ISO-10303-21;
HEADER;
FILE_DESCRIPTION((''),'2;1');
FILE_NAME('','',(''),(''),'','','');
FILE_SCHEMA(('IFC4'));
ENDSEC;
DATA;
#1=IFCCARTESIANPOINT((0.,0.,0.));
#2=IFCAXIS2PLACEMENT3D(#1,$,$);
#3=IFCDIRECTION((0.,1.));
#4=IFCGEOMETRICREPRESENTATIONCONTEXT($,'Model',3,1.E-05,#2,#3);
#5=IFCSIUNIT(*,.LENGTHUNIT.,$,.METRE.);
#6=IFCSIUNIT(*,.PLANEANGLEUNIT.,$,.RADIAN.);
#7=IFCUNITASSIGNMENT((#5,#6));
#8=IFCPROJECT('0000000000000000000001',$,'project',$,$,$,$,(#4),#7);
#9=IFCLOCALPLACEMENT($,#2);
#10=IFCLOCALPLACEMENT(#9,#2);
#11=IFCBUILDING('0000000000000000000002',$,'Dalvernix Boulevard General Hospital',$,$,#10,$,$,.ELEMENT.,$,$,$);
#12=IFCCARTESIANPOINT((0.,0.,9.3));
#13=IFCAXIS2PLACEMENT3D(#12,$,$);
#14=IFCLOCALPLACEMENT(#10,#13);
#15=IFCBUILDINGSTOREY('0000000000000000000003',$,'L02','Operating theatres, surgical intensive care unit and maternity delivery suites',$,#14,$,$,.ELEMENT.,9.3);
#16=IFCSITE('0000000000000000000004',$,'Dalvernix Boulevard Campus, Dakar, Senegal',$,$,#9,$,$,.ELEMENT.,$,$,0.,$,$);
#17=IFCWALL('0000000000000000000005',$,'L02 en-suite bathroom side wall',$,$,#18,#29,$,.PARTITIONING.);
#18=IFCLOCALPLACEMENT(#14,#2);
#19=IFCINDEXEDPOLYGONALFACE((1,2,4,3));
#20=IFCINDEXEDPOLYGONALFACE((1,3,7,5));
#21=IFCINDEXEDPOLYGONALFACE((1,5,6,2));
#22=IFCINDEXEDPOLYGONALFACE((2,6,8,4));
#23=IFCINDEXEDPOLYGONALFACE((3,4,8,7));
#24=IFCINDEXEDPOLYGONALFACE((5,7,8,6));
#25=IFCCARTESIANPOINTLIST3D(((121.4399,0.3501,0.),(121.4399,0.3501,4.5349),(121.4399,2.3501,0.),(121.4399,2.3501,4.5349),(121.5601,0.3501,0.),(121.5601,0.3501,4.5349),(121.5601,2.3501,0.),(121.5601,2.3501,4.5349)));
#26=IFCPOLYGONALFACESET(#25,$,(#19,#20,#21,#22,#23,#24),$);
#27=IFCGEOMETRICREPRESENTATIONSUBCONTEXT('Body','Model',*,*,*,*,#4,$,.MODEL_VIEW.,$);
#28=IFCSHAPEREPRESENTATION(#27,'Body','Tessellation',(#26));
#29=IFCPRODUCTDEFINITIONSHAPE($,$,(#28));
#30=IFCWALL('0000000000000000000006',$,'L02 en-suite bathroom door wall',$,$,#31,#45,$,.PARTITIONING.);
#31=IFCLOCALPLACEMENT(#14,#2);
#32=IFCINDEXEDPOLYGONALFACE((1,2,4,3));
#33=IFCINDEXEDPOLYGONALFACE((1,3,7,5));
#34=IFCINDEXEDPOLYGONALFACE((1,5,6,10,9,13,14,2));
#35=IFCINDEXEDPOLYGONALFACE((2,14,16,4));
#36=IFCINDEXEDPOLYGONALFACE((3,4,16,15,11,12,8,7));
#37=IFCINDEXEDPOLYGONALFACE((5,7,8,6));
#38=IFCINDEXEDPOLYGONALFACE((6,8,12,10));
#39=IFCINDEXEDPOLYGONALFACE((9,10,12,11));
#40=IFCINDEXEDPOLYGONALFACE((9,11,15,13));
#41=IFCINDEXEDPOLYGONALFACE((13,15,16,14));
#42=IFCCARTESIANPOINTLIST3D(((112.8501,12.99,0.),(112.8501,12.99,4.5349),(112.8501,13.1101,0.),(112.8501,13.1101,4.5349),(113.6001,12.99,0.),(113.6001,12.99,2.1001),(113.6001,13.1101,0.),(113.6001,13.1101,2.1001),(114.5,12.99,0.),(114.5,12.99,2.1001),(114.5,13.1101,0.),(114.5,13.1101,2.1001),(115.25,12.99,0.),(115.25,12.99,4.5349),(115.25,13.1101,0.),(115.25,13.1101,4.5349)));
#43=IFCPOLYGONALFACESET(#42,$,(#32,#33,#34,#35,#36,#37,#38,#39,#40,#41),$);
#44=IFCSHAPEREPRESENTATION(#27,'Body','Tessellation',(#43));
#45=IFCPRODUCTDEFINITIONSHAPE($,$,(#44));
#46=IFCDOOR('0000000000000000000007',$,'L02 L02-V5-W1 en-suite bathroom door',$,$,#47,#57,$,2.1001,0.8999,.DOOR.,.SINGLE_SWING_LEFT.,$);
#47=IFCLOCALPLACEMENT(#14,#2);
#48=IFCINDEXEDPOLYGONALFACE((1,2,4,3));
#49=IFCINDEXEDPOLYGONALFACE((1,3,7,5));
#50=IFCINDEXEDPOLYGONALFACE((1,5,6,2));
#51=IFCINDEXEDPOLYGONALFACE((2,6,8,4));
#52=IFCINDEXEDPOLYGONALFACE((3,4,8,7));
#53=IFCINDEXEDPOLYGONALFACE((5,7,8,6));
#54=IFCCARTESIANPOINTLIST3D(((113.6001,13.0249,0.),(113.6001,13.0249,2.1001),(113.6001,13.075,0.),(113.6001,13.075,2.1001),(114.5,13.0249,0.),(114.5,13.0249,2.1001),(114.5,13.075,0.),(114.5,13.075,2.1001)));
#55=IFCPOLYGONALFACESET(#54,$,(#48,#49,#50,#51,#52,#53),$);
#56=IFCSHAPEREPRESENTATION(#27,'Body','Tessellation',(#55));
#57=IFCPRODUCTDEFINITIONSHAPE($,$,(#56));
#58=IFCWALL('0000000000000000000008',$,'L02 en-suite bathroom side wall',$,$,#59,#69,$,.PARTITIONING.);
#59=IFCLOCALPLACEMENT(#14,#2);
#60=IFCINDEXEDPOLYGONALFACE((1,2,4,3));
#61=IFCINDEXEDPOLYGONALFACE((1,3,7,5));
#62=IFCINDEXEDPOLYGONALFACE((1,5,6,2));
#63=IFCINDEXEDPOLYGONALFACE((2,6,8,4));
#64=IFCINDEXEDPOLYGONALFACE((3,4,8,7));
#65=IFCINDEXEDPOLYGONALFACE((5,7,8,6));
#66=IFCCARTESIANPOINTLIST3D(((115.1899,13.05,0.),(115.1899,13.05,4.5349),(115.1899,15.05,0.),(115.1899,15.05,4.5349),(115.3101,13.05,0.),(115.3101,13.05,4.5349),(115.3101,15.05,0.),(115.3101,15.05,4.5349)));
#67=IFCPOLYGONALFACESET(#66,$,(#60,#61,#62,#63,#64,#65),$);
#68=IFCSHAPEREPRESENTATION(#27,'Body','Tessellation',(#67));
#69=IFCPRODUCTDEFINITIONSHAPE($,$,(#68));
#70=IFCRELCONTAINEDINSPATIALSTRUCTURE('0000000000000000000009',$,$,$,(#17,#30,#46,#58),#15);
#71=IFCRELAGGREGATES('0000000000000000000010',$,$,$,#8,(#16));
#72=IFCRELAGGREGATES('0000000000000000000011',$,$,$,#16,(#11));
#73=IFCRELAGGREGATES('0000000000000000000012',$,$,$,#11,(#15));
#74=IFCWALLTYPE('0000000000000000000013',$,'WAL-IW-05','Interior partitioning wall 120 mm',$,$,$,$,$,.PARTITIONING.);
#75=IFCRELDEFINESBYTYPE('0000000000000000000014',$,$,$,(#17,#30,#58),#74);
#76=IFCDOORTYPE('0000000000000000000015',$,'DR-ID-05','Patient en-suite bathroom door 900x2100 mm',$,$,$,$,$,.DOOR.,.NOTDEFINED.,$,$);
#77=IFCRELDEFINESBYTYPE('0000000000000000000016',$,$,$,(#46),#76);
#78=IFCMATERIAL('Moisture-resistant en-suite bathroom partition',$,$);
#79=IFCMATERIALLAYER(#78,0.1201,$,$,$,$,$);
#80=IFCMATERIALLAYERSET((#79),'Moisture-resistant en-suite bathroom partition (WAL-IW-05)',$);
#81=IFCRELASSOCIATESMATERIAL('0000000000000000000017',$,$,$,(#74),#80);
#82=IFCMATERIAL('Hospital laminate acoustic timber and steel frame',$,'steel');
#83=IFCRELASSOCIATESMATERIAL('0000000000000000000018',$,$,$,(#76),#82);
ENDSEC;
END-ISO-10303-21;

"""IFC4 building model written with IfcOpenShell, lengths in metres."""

from ifc_helpers import new_model, si_unit, direction, frame, frame_2d, origin, place, context, subcontext, project, spatial, rectangle, extrude, material, layer, layer_set, type_object, element, fill, save


model = new_model("IFC4")

# Units and contexts
model_context = context("Model", 3, precision=1e-05, world=origin(), true_north=direction((0.0, 1.0)))
body_context = subcontext(model_context, "Body", "Model", "MODEL_VIEW")
ifc_project = project(units=[si_unit("LENGTHUNIT", "METRE"), si_unit("PLANEANGLEUNIT", "RADIAN")], contexts=[model_context])

# Site, building, storey
site_placement = place(None, origin())
site = spatial("IfcSite", under=ifc_project, at=site_placement, Name="Dalvernix Boulevard Campus, Dakar, Senegal", CompositionType="ELEMENT", RefElevation=0.0)
building_placement = place(site_placement, origin())
building = spatial("IfcBuilding", under=site, at=building_placement, Name="Dalvernix Boulevard General Hospital", CompositionType="ELEMENT")
storey_placement = place(building_placement, frame((0.0, 0.0, 9.3)))
storey = spatial("IfcBuildingStorey", under=building, at=storey_placement, Name="L02", Description="Operating theatres, surgical intensive care unit and maternity delivery suites", CompositionType="ELEMENT", Elevation=9.3)

# Shared definitions
ifc_material_1 = material(Name="Hospital laminate acoustic timber and steel frame", Category="steel")

# Shared definitions
ifc_material_2 = material(Name="Moisture-resistant en-suite bathroom partition")
ifc_layer_1 = layer(ifc_material_2, 0.1201)
ifc_layer_set_1 = layer_set([ifc_layer_1], Name="Moisture-resistant en-suite bathroom partition (WAL-IW-05)")
wall_type_1 = type_object("IfcWallType", Name="WAL-IW-05", Description="Interior partitioning wall 120 mm", PredefinedType="PARTITIONING", material=ifc_layer_set_1)
door_type_1 = type_object("IfcDoorType", Name="DR-ID-05", Description="Patient en-suite bathroom door 900x2100 mm", OperationType="NOTDEFINED", PredefinedType="DOOR", material=ifc_material_1)

# Wall
wall_1_placement = place(storey_placement, frame((121.5, 0.3501, 0.0), z_axis=(0.0, 0.0, 1.0), x_axis=(0.0, 1.0, 0.0)))
element("IfcWall", 1, at=wall_1_placement, inside=storey, type_object=wall_type_1, Name="L02 en-suite bathroom side wall", PredefinedType="PARTITIONING", context=body_context, shape_type="SweptSolid", body=[
    extrude(rectangle(XDim=2.0, YDim=0.1201, at=frame_2d((1.0, 0.0))), origin(), (0.0, 0.0, 1.0), 4.5349),
])

# Wall, opening, door
wall_2_placement = place(storey_placement, frame((112.8501, 13.05, 0.0), z_axis=(0.0, 0.0, 1.0), x_axis=(1.0, 0.0, 0.0)))
wall_2 = element("IfcWall", 2, at=wall_2_placement, inside=storey, type_object=wall_type_1, Name="L02 en-suite bathroom door wall", PredefinedType="PARTITIONING", context=body_context, shape_type="SweptSolid", body=[
    extrude(rectangle(XDim=2.3999, YDim=0.1201, at=frame_2d((1.2, 0.0))), origin(), (0.0, 0.0, 1.0), 4.5349),
])
opening_1_placement = place(wall_2_placement, frame((0.75, 0.0, 0.0)))
opening_1 = element("IfcOpeningElement", 3, at=opening_1_placement, cuts=wall_2, PredefinedType="OPENING", context=body_context, shape_type="SweptSolid", body=[
    extrude(rectangle(XDim=0.8999, YDim=2.1001, at=frame_2d((0.45, 1.05))), frame((0.0, 0.0701, 0.0), z_axis=(0.0, -1.0, 0.0), x_axis=(1.0, 0.0, 0.0)), (0.0, 0.0, 1.0), 0.1401),
])
door_1_placement = place(opening_1_placement, origin())
door_1 = element("IfcDoor", 4, at=door_1_placement, inside=storey, type_object=door_type_1, Name="L02 L02-V5-W1 en-suite bathroom door", OperationType="SINGLE_SWING_LEFT", OverallHeight=2.1001, OverallWidth=0.8999, PredefinedType="DOOR", context=body_context, shape_type="SweptSolid", body=[
    extrude(rectangle(XDim=0.8999, YDim=2.1001, at=frame_2d((0.45, 1.05))), frame((0.0, 0.0249, 0.0), z_axis=(0.0, -1.0, 0.0), x_axis=(1.0, 0.0, 0.0)), (0.0, 0.0, 1.0), 0.05),
])
fill(opening_1, door_1)

# Wall
wall_3_placement = place(storey_placement, frame((115.25, 13.05, 0.0), z_axis=(0.0, 0.0, 1.0), x_axis=(0.0, 1.0, 0.0)))
element("IfcWall", 5, at=wall_3_placement, inside=storey, type_object=wall_type_1, Name="L02 en-suite bathroom side wall", PredefinedType="PARTITIONING", context=body_context, shape_type="SweptSolid", body=[
    extrude(rectangle(XDim=2.0, YDim=0.1201, at=frame_2d((1.0, 0.0))), origin(), (0.0, 0.0, 1.0), 4.5349),
])

save(model, "model.ifc")
